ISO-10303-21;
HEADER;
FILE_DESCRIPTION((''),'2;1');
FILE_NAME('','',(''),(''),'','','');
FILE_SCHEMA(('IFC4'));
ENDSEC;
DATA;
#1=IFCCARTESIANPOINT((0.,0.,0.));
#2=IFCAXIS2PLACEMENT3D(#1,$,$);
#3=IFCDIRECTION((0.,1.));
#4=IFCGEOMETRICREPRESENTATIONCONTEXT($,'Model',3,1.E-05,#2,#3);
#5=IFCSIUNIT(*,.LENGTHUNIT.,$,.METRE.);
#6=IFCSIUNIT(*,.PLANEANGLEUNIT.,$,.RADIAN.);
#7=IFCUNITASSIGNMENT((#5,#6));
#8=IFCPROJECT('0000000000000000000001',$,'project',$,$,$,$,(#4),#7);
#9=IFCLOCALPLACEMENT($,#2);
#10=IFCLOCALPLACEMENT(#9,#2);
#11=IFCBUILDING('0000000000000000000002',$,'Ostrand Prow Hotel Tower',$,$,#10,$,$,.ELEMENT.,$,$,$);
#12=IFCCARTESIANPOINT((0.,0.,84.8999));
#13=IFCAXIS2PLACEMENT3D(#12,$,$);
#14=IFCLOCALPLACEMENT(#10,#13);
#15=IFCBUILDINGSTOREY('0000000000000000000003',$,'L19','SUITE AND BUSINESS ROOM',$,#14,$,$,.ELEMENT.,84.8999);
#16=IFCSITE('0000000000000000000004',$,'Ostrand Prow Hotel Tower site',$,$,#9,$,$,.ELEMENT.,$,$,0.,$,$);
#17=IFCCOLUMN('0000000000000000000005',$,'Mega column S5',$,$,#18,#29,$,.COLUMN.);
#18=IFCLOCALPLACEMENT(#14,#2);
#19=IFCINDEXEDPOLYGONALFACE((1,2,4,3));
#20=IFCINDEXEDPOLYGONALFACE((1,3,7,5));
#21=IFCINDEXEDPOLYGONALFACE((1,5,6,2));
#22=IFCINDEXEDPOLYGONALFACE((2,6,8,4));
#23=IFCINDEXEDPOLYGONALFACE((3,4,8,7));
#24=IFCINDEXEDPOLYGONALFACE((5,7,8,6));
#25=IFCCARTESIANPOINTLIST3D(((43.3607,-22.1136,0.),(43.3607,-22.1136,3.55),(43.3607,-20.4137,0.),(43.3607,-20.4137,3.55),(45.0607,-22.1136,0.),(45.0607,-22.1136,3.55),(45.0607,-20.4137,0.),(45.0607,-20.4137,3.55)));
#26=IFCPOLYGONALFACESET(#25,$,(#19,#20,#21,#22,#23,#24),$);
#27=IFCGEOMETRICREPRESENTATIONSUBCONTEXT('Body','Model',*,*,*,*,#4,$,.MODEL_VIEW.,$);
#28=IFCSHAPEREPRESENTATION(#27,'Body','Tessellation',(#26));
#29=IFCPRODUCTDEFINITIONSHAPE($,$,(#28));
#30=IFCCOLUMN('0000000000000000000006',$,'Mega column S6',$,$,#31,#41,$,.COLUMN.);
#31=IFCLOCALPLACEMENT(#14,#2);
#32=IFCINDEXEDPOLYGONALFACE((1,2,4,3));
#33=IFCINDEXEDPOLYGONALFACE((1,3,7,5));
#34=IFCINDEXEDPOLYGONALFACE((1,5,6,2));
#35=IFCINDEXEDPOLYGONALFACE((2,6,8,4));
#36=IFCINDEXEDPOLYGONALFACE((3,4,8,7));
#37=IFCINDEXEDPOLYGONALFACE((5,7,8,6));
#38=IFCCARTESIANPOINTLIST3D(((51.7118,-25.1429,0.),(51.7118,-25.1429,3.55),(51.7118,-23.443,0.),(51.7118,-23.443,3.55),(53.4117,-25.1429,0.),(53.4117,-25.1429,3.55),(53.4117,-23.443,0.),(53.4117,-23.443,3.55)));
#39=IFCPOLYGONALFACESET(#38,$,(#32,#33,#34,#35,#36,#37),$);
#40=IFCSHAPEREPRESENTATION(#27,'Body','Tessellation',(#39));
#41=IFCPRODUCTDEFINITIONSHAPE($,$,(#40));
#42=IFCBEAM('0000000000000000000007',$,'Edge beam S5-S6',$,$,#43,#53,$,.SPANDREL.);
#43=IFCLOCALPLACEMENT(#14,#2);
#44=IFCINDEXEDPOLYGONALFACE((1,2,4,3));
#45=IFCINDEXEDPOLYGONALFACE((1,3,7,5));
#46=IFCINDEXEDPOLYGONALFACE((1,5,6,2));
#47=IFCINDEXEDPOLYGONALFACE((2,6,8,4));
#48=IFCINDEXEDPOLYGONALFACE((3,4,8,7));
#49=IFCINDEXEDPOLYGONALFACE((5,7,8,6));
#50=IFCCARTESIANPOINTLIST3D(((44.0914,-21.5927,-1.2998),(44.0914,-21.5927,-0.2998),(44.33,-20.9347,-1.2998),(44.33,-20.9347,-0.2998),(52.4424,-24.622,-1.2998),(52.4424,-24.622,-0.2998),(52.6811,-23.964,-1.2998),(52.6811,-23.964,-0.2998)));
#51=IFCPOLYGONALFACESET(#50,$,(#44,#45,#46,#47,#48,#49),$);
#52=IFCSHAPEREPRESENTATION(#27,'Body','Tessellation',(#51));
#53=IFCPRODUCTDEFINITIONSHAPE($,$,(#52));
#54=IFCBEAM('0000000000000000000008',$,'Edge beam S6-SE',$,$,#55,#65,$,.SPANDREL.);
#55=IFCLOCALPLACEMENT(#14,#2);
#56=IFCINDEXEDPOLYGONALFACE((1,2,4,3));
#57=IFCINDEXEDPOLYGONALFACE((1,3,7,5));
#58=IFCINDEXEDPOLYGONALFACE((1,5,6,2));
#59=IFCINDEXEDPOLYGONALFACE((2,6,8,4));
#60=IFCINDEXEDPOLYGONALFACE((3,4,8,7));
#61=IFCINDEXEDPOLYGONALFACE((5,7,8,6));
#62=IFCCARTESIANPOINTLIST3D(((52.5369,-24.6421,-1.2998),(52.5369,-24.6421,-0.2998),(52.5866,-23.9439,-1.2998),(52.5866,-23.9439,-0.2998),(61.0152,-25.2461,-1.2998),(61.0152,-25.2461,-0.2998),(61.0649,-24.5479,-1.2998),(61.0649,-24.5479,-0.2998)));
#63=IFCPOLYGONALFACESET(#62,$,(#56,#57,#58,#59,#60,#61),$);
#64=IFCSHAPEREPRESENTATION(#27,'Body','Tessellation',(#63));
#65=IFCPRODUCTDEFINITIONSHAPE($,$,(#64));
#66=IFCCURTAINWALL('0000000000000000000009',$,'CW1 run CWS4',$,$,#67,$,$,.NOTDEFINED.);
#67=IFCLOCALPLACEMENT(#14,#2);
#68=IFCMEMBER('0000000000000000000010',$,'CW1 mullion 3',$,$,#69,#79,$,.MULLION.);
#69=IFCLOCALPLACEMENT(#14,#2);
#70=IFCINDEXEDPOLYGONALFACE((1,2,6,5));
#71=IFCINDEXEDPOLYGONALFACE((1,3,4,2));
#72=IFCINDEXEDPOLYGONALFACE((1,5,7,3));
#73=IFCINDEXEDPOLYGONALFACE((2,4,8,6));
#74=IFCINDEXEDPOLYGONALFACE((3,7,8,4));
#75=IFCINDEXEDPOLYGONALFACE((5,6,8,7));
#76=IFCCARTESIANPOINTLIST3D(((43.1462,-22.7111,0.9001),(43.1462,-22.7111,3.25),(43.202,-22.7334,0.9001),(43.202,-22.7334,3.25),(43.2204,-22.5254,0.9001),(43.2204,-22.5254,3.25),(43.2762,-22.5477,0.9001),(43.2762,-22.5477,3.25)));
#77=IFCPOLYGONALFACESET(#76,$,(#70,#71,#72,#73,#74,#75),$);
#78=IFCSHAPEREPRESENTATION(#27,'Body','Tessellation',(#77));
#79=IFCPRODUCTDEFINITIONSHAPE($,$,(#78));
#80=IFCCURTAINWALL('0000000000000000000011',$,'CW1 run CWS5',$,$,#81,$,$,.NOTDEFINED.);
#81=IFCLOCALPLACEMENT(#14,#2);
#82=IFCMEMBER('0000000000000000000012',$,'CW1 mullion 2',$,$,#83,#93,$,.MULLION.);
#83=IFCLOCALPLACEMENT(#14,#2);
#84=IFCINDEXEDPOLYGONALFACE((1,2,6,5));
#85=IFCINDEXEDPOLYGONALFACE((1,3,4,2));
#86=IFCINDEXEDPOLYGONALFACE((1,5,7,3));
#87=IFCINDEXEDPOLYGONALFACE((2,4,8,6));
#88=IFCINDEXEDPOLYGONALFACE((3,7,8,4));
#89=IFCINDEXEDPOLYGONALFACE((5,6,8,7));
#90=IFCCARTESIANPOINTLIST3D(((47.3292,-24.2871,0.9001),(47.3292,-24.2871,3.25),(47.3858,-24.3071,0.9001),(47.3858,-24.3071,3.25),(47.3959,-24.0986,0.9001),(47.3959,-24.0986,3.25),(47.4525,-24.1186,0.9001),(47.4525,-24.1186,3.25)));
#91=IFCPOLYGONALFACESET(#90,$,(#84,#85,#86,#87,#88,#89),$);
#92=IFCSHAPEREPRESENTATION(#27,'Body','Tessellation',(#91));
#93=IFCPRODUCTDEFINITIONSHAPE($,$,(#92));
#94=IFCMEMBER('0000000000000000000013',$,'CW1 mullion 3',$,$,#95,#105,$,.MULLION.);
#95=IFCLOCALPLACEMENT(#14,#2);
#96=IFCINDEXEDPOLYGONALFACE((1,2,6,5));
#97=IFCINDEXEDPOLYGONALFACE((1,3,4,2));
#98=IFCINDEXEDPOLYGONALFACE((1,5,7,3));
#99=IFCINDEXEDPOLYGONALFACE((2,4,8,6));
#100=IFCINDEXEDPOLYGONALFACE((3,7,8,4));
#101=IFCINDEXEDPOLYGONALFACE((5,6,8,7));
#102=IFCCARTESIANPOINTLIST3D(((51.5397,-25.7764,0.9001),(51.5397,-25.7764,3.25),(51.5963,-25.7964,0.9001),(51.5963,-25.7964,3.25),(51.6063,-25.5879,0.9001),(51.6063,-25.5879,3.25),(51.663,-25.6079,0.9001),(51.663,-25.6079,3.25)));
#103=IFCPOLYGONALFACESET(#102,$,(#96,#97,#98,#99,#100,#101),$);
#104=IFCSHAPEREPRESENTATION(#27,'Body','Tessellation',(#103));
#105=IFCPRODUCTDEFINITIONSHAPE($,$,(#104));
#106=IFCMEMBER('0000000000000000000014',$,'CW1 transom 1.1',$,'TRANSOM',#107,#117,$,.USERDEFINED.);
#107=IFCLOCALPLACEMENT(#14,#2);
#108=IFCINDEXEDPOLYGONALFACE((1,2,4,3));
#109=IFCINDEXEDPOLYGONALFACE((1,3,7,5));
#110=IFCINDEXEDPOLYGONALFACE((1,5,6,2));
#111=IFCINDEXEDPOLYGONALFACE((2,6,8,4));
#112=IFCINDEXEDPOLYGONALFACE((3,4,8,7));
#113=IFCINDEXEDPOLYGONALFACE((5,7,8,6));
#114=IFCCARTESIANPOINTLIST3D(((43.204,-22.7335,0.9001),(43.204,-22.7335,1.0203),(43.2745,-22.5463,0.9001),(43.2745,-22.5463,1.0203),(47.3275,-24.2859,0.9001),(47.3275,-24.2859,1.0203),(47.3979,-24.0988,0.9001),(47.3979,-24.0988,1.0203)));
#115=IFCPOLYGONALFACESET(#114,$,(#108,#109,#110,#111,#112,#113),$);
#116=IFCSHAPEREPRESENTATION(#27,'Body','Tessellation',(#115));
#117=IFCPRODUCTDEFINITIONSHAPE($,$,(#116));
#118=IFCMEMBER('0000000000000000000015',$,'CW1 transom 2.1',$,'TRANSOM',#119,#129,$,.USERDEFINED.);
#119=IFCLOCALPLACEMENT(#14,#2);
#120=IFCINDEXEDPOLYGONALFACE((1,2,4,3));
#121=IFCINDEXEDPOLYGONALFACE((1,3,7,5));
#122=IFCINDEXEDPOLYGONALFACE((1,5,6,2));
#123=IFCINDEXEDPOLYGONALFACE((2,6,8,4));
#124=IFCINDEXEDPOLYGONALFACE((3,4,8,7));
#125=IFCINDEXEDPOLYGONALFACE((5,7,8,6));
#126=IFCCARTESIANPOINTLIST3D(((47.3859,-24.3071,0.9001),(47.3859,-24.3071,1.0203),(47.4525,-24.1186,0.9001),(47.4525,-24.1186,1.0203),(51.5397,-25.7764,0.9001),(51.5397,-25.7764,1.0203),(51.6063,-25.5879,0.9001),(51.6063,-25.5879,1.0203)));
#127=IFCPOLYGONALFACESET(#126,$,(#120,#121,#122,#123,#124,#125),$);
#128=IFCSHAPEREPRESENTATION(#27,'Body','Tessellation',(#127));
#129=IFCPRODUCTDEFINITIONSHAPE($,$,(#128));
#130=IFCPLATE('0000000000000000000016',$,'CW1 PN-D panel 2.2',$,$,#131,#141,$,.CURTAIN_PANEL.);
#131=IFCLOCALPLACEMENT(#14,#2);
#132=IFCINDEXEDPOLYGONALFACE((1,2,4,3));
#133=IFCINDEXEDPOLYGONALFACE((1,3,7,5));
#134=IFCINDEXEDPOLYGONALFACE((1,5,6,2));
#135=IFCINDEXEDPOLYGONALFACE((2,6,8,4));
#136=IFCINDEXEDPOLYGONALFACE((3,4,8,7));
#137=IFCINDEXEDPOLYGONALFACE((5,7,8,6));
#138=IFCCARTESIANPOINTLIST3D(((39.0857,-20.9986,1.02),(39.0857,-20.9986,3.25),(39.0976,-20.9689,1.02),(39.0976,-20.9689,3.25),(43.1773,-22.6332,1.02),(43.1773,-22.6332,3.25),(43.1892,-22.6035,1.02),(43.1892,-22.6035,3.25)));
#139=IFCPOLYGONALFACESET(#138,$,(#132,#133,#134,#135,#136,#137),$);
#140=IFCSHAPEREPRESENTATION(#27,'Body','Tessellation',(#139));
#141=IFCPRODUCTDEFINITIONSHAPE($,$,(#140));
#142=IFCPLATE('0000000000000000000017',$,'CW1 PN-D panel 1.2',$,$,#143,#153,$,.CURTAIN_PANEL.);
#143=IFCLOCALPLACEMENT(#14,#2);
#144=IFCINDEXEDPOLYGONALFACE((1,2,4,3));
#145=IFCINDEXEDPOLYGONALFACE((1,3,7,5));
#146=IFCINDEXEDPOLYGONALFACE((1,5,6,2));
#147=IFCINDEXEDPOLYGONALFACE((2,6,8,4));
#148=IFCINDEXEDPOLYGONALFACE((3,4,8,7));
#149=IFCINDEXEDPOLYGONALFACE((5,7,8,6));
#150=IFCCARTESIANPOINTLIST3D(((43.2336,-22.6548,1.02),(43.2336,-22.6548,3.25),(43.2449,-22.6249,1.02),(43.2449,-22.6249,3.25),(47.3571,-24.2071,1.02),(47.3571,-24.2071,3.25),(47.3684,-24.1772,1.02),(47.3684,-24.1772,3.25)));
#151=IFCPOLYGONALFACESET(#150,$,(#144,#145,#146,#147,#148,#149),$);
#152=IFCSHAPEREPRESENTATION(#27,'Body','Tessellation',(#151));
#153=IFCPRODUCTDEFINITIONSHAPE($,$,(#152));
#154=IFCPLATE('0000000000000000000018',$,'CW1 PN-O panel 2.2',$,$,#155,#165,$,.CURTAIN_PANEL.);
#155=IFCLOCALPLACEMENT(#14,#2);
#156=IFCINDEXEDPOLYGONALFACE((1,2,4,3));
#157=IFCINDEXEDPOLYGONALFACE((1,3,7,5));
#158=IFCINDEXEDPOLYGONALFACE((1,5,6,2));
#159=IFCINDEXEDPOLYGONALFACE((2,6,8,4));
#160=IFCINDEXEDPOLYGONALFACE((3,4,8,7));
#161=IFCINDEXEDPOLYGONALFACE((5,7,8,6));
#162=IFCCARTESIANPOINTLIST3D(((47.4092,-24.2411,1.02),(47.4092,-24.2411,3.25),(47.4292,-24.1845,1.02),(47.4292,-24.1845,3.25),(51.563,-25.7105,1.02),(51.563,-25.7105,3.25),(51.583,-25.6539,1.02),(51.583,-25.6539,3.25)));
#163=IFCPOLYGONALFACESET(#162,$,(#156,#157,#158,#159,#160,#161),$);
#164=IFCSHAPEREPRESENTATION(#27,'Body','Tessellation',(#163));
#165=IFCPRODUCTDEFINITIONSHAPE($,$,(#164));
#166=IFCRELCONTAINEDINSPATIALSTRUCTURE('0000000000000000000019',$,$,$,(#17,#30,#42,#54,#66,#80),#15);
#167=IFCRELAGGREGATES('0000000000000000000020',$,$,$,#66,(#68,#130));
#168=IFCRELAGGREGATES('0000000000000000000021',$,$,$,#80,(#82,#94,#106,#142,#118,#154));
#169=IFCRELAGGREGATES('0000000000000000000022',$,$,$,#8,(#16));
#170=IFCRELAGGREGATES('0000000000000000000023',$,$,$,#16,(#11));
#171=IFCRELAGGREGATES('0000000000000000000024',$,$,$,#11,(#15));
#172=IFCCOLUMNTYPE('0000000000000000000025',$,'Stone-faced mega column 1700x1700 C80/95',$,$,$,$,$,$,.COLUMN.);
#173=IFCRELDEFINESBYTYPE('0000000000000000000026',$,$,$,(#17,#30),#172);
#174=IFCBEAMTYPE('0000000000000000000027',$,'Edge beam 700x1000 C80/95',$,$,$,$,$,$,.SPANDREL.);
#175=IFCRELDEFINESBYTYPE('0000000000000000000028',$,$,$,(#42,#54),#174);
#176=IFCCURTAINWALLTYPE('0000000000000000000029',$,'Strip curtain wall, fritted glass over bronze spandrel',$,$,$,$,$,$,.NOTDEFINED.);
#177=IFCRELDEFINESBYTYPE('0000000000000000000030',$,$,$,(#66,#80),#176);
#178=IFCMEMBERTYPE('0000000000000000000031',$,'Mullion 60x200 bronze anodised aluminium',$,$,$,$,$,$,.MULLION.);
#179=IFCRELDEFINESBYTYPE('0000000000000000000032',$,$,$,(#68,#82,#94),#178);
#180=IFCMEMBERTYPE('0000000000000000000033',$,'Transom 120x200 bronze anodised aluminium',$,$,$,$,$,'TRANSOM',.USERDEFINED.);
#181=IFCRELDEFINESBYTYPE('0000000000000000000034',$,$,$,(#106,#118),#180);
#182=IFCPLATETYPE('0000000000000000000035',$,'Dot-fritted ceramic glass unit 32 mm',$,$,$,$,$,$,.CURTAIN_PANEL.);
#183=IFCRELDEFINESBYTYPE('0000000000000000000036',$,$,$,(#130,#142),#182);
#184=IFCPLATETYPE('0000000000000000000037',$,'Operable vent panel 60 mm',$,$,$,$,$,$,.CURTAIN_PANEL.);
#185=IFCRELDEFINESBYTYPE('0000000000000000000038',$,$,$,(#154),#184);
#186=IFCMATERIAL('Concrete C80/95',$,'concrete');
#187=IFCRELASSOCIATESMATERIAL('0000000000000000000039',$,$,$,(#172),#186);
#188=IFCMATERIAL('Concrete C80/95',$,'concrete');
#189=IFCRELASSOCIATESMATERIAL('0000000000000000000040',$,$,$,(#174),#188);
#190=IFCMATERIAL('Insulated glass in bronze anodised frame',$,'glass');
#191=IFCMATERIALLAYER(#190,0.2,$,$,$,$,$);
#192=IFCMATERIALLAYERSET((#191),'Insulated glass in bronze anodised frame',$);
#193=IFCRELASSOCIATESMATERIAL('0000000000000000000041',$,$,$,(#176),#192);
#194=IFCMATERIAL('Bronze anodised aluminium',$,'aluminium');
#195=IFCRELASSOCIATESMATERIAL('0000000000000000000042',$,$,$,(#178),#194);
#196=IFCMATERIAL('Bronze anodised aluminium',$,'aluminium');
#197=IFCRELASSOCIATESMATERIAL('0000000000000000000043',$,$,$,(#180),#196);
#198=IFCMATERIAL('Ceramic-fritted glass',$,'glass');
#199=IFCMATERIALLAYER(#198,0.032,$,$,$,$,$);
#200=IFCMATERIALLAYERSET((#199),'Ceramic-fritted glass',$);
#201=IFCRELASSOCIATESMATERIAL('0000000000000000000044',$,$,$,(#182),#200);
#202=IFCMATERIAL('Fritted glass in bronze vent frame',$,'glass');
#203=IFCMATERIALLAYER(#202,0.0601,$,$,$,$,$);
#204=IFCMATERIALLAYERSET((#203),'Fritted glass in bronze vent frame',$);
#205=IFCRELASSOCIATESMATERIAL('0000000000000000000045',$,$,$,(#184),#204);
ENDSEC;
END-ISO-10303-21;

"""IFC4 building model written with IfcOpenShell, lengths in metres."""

from ifc_helpers import new_model, si_unit, direction, frame, origin, origin_2d, place, context, subcontext, project, spatial, rectangle, extrude, material, layer, layer_set, material_profile, profile_set, type_object, element, aggregate, save


model = new_model("IFC4")

# Units and contexts
model_context = context("Model", 3, precision=1e-05, world=origin(), true_north=direction((0.0, 1.0)))
body_context = subcontext(model_context, "Body", "Model", "MODEL_VIEW")
ifc_project = project(units=[si_unit("LENGTHUNIT", "METRE"), si_unit("PLANEANGLEUNIT", "RADIAN")], contexts=[model_context])

# Site, building, storey
site_placement = place(None, origin())
site = spatial("IfcSite", under=ifc_project, at=site_placement, Name="Ostrand Prow Hotel Tower site", CompositionType="ELEMENT", RefElevation=0.0)
building_placement = place(site_placement, origin())
building = spatial("IfcBuilding", under=site, at=building_placement, Name="Ostrand Prow Hotel Tower", CompositionType="ELEMENT")
storey_placement = place(building_placement, frame((0.0, 0.0, 84.8999)))
storey = spatial("IfcBuildingStorey", under=building, at=storey_placement, Name="L19", Description="SUITE AND BUSINESS ROOM", CompositionType="ELEMENT", Elevation=84.8999)

# Columns
ifc_material_1 = material(Name="Concrete C80/95", Category="concrete")
ifc_material_profile_1 = material_profile(ifc_material_1, rectangle(XDim=1.7, YDim=1.7, at=origin_2d()), Name="RC 1700x1700")
ifc_profile_set_1 = profile_set([ifc_material_profile_1], Name="Concrete C80/95")
column_type = type_object("IfcColumnType", Name="Stone-faced mega column 1700x1700 C80/95", PredefinedType="COLUMN", material=ifc_profile_set_1)
for number, where, z_axis, x_axis, name in (
    (1, (44.2107, -21.2637, 0.0), (0.0, 0.0, 1.0), (1.0, 0.0, 0.0), "Mega column S5"),
    (2, (52.5618, -24.293, 0.0), (0.0, 0.0, 1.0), (1.0, 0.0, 0.0), "Mega column S6"),
):
    element("IfcColumn", number, at=place(storey_placement, frame(where, z_axis=z_axis, x_axis=x_axis)), inside=storey, type_object=column_type, Name=name, PredefinedType="COLUMN", context=body_context, shape_type="SweptSolid", body=[
        extrude(rectangle(XDim=1.7, YDim=1.7, at=origin_2d()), origin(), (0.0, 0.0, 1.0), 3.55),
    ])

# Beams
ifc_material_2 = material(Name="Concrete C80/95", Category="concrete")
ifc_material_profile_2 = material_profile(ifc_material_2, rectangle(XDim=0.7, YDim=1.0, at=origin_2d()), Name="RC 700x1000")
ifc_profile_set_2 = profile_set([ifc_material_profile_2], Name="Concrete C80/95")
beam_type = type_object("IfcBeamType", Name="Edge beam 700x1000 C80/95", PredefinedType="SPANDREL", material=ifc_profile_set_2)
beam_1_placement = place(storey_placement, frame((44.2107, -21.2637, -0.7998), z_axis=(0.940063, -0.341002, 0.0), x_axis=(0.341002, 0.940063, 0.0)))
element("IfcBeam", 3, at=beam_1_placement, inside=storey, type_object=beam_type, Name="Edge beam S5-S6", PredefinedType="SPANDREL", context=body_context, shape_type="SweptSolid", body=[
    extrude(rectangle(XDim=0.7, YDim=1.0, at=origin_2d()), origin(), (0.0, 0.0, 1.0), 8.8835),
])
beam_2_placement = place(storey_placement, frame((52.5618, -24.293, -0.7998), z_axis=(0.997472, -0.071061, 0.0), x_axis=(0.071061, 0.997472, 0.0)))
element("IfcBeam", 4, at=beam_2_placement, inside=storey, type_object=beam_type, Name="Edge beam S6-SE", PredefinedType="SPANDREL", context=body_context, shape_type="SweptSolid", body=[
    extrude(rectangle(XDim=0.7, YDim=1.0, at=origin_2d()), origin(), (0.0, 0.0, 1.0), 8.4998),
])

# Curtain wall, member
ifc_material_3 = material(Name="Insulated glass in bronze anodised frame", Category="glass")
ifc_layer_1 = layer(ifc_material_3, 0.2)
ifc_layer_set_1 = layer_set([ifc_layer_1], Name="Insulated glass in bronze anodised frame")
curtain_wall_type = type_object("IfcCurtainWallType", Name="Strip curtain wall, fritted glass over bronze spandrel", PredefinedType="NOTDEFINED", material=ifc_layer_set_1)
curtain_wall_1_placement = place(storey_placement, origin())
curtain_wall_1 = element("IfcCurtainWall", 5, at=curtain_wall_1_placement, inside=storey, type_object=curtain_wall_type, Name="CW1 run CWS4", PredefinedType="NOTDEFINED")
ifc_material_4 = material(Name="Bronze anodised aluminium", Category="aluminium")
ifc_material_profile_3 = material_profile(ifc_material_4, rectangle(XDim=0.2, YDim=0.0601, at=origin_2d()), Name="Mullion 60x200 bronze anodised aluminium")
ifc_profile_set_3 = profile_set([ifc_material_profile_3], Name="Bronze anodised aluminium")
member_type_1 = type_object("IfcMemberType", Name="Mullion 60x200 bronze anodised aluminium", PredefinedType="MULLION", material=ifc_profile_set_3)
member_1_placement = place(storey_placement, frame((43.2112, -22.6294, 0.9001), z_axis=(0.0, 0.0, 1.0), x_axis=(0.370982, 0.92864, 0.0)))
member_1 = element("IfcMember", 6, at=member_1_placement, type_object=member_type_1, Name="CW1 mullion 3", PredefinedType="MULLION", context=body_context, shape_type="SweptSolid", body=[
    extrude(rectangle(XDim=0.2, YDim=0.0601, at=origin_2d()), origin(), (0.0, 0.0, 1.0), 2.3499),
])

# Curtain wall, members
curtain_wall_2_placement = place(storey_placement, origin())
curtain_wall_2 = element("IfcCurtainWall", 7, at=curtain_wall_2_placement, inside=storey, type_object=curtain_wall_type, Name="CW1 run CWS5", PredefinedType="NOTDEFINED")
member_2_placement = place(storey_placement, frame((47.3909, -24.2029, 0.9001), z_axis=(0.0, 0.0, 1.0), x_axis=(0.333496, 0.942752, 0.0)))
member_2 = element("IfcMember", 8, at=member_2_placement, type_object=member_type_1, Name="CW1 mullion 2", PredefinedType="MULLION", context=body_context, shape_type="SweptSolid", body=[
    extrude(rectangle(XDim=0.2, YDim=0.0601, at=origin_2d()), origin(), (0.0, 0.0, 1.0), 2.3499),
])
member_3_placement = place(storey_placement, frame((51.6013, -25.6921, 0.9001), z_axis=(0.0, 0.0, 1.0), x_axis=(0.333496, 0.942752, 0.0)))
member_3 = element("IfcMember", 9, at=member_3_placement, type_object=member_type_1, Name="CW1 mullion 3", PredefinedType="MULLION", context=body_context, shape_type="SweptSolid", body=[
    extrude(rectangle(XDim=0.2, YDim=0.0601, at=origin_2d()), origin(), (0.0, 0.0, 1.0), 2.3499),
])
ifc_material_5 = material(Name="Bronze anodised aluminium", Category="aluminium")
ifc_material_profile_4 = material_profile(ifc_material_5, rectangle(XDim=0.2, YDim=0.1201, at=origin_2d()), Name="Transom 120x200 bronze anodised aluminium")
ifc_profile_set_4 = profile_set([ifc_material_profile_4], Name="Bronze anodised aluminium")
member_type_2 = type_object("IfcMemberType", Name="Transom 120x200 bronze anodised aluminium", ElementType="TRANSOM", PredefinedType="USERDEFINED", material=ifc_profile_set_4)
member_4_placement = place(storey_placement, frame((43.2393, -22.6399, 0.9602), z_axis=(0.935868, -0.35235, 0.0), x_axis=(0.35235, 0.935868, 0.0)))
member_4 = element("IfcMember", 10, at=member_4_placement, type_object=member_type_2, Name="CW1 transom 1.1", ObjectType="TRANSOM", PredefinedType="USERDEFINED", context=body_context, shape_type="SweptSolid", body=[
    extrude(rectangle(XDim=0.2, YDim=0.1201, at=origin_2d()), origin(), (0.0, 0.0, 1.0), 4.406),
])
member_5_placement = place(storey_placement, frame((47.4192, -24.2129, 0.9602), z_axis=(0.942763, -0.333463, 0.0), x_axis=(0.333463, 0.942763, 0.0)))
member_5 = element("IfcMember", 11, at=member_5_placement, type_object=member_type_2, Name="CW1 transom 2.1", ObjectType="TRANSOM", PredefinedType="USERDEFINED", context=body_context, shape_type="SweptSolid", body=[
    extrude(rectangle(XDim=0.2, YDim=0.1201, at=origin_2d()), origin(), (0.0, 0.0, 1.0), 4.406),
])

# Plates
ifc_material_6 = material(Name="Ceramic-fritted glass", Category="glass")
ifc_layer_2 = layer(ifc_material_6, 0.032)
ifc_layer_set_2 = layer_set([ifc_layer_2], Name="Ceramic-fritted glass")
plate_type_1 = type_object("IfcPlateType", Name="Dot-fritted ceramic glass unit 32 mm", PredefinedType="CURTAIN_PANEL", material=ifc_layer_set_2)
plate_1_placement = place(storey_placement, frame((41.1375, -21.801, 1.02), z_axis=(0.0, 0.0, 1.0), x_axis=(0.92864, -0.370982, 0.0)))
plate_1 = element("IfcPlate", 12, at=plate_1_placement, type_object=plate_type_1, Name="CW1 PN-D panel 2.2", PredefinedType="CURTAIN_PANEL", context=body_context, shape_type="SweptSolid", body=[
    extrude(rectangle(XDim=4.406, YDim=0.032, at=origin_2d()), origin(), (0.0, 0.0, 1.0), 2.23),
])
aggregate(curtain_wall_1, [member_1, plate_1])
plate_2_placement = place(storey_placement, frame((45.301, -23.416, 1.02), z_axis=(0.0, 0.0, 1.0), x_axis=(0.935884, -0.352309, 0.0)))
plate_2 = element("IfcPlate", 13, at=plate_2_placement, type_object=plate_type_1, Name="CW1 PN-D panel 1.2", PredefinedType="CURTAIN_PANEL", context=body_context, shape_type="SweptSolid", body=[
    extrude(rectangle(XDim=4.406, YDim=0.032, at=origin_2d()), origin(), (0.0, 0.0, 1.0), 2.23),
])
ifc_material_7 = material(Name="Fritted glass in bronze vent frame", Category="glass")
ifc_layer_3 = layer(ifc_material_7, 0.0601)
ifc_layer_set_3 = layer_set([ifc_layer_3], Name="Fritted glass in bronze vent frame")
plate_type_2 = type_object("IfcPlateType", Name="Operable vent panel 60 mm", PredefinedType="CURTAIN_PANEL", material=ifc_layer_set_3)
plate_3_placement = place(storey_placement, frame((49.4961, -24.9475, 1.02), z_axis=(0.0, 0.0, 1.0), x_axis=(0.942752, -0.333496, 0.0)))
plate_3 = element("IfcPlate", 14, at=plate_3_placement, type_object=plate_type_2, Name="CW1 PN-O panel 2.2", PredefinedType="CURTAIN_PANEL", context=body_context, shape_type="SweptSolid", body=[
    extrude(rectangle(XDim=4.406, YDim=0.0601, at=origin_2d()), origin(), (0.0, 0.0, 1.0), 2.23),
])
aggregate(curtain_wall_2, [member_2, member_3, member_4, plate_2, member_5, plate_3])

save(model, "model.ifc")
